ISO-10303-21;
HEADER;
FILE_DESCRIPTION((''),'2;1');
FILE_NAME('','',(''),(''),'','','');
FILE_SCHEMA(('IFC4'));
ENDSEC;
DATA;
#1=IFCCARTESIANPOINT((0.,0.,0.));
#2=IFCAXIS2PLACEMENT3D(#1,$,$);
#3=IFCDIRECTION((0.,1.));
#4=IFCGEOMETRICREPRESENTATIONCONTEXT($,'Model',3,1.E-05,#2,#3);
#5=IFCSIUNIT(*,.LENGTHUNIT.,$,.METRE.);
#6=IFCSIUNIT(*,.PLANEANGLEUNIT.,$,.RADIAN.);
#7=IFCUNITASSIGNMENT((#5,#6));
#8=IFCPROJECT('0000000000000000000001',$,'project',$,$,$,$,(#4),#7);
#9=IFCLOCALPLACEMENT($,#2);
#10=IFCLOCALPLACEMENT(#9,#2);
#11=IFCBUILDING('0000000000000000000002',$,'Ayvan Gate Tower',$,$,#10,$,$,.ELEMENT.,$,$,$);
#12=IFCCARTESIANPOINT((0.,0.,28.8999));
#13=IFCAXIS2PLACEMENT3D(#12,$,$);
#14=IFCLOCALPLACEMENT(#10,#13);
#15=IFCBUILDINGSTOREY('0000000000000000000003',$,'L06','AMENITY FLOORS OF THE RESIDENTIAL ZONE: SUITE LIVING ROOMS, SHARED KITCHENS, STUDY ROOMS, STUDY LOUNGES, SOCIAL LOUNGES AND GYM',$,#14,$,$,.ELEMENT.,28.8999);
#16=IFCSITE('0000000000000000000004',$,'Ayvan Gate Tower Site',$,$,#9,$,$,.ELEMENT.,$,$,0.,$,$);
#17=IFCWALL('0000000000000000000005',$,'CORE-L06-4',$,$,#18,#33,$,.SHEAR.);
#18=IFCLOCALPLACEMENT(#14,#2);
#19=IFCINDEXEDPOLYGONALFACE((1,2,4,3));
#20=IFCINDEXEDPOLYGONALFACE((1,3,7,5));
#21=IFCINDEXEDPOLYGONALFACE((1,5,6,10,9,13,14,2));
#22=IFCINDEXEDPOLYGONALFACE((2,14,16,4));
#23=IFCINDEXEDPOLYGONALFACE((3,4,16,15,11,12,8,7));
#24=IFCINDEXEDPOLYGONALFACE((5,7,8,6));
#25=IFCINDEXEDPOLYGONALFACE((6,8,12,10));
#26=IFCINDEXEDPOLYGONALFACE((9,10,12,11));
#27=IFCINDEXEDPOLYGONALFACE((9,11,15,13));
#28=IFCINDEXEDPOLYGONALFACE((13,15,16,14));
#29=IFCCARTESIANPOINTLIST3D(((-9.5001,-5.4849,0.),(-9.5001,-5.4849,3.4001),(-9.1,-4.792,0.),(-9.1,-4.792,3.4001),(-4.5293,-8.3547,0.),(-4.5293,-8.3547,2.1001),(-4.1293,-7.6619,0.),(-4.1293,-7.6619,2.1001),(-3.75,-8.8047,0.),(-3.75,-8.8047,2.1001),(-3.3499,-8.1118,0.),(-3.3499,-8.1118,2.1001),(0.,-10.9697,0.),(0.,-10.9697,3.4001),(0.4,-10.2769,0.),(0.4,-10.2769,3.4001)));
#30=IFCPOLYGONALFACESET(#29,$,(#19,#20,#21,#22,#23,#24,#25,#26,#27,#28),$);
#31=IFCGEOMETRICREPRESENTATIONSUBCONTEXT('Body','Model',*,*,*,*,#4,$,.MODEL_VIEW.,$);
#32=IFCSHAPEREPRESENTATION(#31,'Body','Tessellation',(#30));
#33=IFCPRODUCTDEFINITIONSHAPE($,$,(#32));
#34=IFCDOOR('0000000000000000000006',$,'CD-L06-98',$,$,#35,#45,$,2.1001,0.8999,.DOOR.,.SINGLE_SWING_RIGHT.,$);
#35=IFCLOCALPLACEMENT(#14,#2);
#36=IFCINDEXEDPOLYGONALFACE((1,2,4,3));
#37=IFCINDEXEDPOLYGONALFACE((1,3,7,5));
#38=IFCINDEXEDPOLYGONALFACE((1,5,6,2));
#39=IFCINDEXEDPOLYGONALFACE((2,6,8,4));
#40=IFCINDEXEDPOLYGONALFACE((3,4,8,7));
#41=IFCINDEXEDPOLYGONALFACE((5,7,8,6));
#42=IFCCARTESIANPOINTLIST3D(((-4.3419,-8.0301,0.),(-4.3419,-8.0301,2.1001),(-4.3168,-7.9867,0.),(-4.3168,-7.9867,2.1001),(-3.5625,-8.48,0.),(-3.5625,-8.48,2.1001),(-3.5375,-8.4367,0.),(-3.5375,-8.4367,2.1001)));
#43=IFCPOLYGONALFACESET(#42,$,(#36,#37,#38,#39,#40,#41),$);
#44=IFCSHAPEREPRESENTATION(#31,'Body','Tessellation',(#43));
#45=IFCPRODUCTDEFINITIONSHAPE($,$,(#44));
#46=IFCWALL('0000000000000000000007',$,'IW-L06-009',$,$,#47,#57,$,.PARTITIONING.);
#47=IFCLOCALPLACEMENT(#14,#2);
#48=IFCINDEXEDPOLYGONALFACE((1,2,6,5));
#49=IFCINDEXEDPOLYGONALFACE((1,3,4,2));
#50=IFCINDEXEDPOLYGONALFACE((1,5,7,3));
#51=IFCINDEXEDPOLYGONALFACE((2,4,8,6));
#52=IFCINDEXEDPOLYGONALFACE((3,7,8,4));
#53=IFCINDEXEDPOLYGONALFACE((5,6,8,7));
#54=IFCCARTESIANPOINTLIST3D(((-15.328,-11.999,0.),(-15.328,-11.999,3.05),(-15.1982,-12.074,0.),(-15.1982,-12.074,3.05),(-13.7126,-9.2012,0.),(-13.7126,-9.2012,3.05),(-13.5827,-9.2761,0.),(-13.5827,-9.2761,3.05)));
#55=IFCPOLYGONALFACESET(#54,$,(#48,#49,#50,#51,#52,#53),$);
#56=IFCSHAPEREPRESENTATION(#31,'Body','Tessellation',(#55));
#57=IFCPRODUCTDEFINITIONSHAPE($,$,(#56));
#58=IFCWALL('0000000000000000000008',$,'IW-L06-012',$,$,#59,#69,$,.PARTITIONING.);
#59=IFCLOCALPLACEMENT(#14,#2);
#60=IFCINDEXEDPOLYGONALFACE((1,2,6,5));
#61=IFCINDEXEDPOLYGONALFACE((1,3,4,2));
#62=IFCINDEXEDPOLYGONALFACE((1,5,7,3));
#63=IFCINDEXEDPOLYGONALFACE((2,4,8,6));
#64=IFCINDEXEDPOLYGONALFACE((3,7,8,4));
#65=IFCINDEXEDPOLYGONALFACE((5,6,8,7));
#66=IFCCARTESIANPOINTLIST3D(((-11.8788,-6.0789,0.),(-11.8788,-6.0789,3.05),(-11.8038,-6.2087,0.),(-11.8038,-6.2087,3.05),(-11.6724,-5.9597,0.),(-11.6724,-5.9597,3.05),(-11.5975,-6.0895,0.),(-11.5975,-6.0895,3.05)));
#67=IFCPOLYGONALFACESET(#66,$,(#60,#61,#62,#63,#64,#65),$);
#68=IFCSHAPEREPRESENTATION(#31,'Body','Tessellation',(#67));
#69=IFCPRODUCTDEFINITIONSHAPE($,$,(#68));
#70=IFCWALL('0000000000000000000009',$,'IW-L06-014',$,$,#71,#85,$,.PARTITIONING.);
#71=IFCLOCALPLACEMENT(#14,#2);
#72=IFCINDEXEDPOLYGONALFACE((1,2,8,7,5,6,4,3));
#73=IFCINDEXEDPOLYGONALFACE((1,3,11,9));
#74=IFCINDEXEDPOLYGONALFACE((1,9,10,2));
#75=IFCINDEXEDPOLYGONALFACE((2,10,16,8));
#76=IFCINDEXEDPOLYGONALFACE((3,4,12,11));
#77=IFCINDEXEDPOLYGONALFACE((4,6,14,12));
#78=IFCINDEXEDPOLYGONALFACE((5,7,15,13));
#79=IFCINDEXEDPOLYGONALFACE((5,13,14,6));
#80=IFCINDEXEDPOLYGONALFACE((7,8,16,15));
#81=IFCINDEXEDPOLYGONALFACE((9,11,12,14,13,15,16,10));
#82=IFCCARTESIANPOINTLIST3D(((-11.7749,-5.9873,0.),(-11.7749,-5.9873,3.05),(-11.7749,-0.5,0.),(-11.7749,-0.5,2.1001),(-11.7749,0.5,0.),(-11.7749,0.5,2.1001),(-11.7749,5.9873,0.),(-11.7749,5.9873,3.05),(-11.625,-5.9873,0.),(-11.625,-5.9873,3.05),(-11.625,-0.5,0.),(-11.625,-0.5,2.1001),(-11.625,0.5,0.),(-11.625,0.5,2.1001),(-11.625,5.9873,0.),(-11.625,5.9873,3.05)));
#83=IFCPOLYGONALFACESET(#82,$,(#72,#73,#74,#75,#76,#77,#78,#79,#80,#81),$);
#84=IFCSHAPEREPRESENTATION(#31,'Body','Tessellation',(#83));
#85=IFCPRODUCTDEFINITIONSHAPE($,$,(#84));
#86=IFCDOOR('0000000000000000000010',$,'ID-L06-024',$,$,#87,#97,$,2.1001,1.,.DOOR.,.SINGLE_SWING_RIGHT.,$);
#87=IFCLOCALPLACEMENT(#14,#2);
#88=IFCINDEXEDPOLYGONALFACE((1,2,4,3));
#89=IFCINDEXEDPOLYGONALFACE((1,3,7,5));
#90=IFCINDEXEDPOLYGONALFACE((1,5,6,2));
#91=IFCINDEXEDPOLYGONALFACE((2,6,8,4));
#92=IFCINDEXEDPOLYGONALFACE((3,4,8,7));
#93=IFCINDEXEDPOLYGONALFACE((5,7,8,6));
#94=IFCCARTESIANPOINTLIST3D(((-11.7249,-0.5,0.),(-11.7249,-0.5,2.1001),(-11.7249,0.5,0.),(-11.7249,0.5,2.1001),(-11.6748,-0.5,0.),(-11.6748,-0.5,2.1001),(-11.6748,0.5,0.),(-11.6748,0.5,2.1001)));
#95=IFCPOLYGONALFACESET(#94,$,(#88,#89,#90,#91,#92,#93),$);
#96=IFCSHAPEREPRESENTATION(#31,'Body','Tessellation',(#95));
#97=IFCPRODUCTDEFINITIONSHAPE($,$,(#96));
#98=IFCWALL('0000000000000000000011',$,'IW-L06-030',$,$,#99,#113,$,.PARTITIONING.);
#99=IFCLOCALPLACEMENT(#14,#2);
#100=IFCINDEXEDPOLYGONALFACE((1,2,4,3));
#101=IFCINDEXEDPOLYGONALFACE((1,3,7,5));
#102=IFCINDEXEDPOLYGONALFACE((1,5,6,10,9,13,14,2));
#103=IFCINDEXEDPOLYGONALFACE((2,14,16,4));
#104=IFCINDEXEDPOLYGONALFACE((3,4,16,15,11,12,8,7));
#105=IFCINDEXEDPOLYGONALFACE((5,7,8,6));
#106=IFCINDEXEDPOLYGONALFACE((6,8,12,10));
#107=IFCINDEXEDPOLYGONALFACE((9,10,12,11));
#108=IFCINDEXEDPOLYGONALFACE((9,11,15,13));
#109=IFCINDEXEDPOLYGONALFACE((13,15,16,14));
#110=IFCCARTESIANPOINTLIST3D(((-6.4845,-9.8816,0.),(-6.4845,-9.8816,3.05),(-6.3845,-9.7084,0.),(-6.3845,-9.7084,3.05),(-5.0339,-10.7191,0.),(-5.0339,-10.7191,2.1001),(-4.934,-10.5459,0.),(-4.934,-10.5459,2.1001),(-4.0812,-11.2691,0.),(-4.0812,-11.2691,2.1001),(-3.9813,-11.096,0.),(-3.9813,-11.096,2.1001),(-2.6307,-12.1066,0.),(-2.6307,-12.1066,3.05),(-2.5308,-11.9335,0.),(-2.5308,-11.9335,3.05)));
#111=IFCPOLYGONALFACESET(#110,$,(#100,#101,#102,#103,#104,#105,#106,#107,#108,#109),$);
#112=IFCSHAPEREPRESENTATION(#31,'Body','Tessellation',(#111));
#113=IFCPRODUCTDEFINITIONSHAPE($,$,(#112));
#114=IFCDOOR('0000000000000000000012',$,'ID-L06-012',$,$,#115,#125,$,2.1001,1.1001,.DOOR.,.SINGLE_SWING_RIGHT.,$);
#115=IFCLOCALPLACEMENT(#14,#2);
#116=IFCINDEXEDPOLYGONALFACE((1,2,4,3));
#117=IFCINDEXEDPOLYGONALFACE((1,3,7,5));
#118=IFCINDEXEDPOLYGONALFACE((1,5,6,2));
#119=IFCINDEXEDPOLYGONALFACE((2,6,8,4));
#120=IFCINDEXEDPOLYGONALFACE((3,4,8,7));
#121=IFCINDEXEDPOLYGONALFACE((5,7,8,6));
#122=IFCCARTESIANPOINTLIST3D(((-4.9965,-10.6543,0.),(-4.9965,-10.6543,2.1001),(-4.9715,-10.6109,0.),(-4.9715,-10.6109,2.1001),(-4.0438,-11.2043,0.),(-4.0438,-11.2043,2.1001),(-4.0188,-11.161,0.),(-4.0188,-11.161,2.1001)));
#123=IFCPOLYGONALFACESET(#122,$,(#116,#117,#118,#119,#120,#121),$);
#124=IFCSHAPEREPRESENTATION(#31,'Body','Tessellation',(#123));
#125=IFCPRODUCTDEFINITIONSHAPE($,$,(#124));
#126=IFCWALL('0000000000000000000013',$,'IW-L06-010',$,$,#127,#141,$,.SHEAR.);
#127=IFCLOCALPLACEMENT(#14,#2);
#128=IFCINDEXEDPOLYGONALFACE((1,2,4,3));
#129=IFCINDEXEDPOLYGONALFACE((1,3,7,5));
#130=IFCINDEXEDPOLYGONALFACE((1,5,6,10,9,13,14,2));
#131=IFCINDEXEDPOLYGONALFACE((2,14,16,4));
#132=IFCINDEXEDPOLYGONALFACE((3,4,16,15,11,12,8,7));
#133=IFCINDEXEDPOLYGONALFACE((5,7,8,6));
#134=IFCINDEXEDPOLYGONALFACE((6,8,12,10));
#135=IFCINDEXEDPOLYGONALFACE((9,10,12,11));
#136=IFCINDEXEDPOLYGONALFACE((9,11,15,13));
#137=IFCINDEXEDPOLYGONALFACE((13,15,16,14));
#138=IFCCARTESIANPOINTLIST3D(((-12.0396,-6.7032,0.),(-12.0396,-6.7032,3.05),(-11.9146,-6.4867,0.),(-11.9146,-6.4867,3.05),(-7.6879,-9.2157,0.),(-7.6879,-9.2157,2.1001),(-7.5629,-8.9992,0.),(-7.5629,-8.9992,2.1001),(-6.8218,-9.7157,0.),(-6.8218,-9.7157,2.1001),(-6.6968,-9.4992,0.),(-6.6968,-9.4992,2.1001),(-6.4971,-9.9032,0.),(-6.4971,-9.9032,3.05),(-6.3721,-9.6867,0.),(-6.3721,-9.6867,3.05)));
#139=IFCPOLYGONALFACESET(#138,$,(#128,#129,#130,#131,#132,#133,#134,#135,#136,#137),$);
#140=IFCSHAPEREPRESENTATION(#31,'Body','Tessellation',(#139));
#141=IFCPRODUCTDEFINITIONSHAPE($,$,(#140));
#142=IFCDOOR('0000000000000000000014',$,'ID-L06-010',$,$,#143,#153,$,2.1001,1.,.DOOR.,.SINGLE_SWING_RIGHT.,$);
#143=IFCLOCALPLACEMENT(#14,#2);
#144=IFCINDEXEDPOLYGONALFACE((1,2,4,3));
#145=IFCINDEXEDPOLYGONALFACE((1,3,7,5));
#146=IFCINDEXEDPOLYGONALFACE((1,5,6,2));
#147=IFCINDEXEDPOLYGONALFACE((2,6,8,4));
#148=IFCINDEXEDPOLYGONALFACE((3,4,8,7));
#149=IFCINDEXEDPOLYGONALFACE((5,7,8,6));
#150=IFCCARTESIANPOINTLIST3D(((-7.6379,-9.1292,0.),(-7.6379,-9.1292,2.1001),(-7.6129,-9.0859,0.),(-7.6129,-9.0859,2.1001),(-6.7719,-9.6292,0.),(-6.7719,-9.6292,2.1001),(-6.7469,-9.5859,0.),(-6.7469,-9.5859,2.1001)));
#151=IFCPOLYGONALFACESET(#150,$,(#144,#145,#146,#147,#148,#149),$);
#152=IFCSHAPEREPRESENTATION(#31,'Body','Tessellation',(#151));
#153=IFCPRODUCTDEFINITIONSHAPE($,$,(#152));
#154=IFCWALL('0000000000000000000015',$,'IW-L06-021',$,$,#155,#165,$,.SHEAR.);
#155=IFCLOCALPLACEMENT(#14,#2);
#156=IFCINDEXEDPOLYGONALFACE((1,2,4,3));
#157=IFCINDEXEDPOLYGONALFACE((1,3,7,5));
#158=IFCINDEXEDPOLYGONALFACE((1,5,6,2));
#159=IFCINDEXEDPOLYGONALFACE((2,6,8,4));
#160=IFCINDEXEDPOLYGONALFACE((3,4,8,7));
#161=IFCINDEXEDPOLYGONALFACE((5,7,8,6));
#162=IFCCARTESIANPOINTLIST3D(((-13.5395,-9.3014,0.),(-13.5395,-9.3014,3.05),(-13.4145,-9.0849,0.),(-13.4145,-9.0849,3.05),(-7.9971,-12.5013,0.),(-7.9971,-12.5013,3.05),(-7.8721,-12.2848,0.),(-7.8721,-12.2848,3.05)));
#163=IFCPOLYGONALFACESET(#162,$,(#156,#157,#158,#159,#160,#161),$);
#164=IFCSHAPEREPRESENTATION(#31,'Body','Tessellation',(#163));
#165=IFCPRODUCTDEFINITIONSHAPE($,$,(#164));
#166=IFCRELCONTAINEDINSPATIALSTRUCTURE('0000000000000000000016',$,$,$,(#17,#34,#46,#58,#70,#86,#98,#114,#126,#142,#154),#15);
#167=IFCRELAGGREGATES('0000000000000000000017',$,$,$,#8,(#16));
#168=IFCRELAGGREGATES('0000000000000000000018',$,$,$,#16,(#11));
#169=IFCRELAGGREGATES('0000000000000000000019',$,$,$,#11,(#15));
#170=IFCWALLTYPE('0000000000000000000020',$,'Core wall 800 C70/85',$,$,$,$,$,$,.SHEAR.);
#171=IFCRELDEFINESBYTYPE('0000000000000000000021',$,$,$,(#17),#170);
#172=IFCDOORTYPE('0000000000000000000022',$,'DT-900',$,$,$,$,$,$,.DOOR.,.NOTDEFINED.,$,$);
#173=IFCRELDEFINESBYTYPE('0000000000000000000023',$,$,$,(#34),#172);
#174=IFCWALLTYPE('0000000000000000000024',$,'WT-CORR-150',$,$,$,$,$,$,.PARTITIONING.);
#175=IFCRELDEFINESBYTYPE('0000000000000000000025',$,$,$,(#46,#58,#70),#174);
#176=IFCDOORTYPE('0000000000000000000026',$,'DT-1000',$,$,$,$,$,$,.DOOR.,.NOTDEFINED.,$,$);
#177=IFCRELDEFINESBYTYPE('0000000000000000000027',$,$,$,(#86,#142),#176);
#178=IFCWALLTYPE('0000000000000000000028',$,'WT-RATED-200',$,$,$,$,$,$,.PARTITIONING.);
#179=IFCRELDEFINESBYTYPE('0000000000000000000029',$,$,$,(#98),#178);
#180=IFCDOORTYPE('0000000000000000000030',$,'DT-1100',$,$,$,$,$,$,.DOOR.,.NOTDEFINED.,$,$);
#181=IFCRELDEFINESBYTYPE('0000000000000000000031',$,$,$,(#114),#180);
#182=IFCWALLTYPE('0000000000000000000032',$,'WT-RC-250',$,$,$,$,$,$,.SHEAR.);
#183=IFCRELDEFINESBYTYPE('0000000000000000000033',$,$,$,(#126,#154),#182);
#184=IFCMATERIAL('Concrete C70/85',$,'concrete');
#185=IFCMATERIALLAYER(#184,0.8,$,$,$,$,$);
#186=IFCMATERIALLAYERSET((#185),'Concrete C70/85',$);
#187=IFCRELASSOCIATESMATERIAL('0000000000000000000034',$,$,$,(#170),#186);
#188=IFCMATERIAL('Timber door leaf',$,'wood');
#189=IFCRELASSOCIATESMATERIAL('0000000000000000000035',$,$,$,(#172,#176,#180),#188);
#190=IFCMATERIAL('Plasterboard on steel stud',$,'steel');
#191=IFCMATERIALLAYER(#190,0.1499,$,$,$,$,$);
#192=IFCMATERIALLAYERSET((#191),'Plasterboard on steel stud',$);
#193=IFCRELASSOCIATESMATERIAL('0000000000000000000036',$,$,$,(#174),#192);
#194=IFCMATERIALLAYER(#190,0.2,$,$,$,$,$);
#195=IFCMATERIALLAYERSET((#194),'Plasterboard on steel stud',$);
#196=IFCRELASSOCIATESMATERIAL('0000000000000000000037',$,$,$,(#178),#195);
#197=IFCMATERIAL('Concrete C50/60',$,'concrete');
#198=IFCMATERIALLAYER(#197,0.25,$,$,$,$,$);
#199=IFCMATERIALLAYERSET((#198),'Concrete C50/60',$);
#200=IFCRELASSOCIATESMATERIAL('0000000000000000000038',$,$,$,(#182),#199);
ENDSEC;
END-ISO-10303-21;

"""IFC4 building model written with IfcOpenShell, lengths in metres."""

from ifc_helpers import new_model, si_unit, direction, frame, frame_2d, origin, place, context, subcontext, project, spatial, rectangle, extrude, material, layer, layer_set, type_object, element, fill, save


model = new_model("IFC4")

# Units and contexts
model_context = context("Model", 3, precision=1e-05, world=origin(), true_north=direction((0.0, 1.0)))
body_context = subcontext(model_context, "Body", "Model", "MODEL_VIEW")
ifc_project = project(units=[si_unit("LENGTHUNIT", "METRE"), si_unit("PLANEANGLEUNIT", "RADIAN")], contexts=[model_context])

# Site, building, storey
site_placement = place(None, origin())
site = spatial("IfcSite", under=ifc_project, at=site_placement, Name="Ayvan Gate Tower Site", CompositionType="ELEMENT", RefElevation=0.0)
building_placement = place(site_placement, origin())
building = spatial("IfcBuilding", under=site, at=building_placement, Name="Ayvan Gate Tower", CompositionType="ELEMENT")
storey_placement = place(building_placement, frame((0.0, 0.0, 28.8999)))
storey = spatial("IfcBuildingStorey", under=building, at=storey_placement, Name="L06", Description="AMENITY FLOORS OF THE RESIDENTIAL ZONE: SUITE LIVING ROOMS, SHARED KITCHENS, STUDY ROOMS, STUDY LOUNGES, SOCIAL LOUNGES AND GYM", CompositionType="ELEMENT", Elevation=28.8999)

# Wall, opening, door
ifc_material_1 = material(Name="Concrete C70/85", Category="concrete")
ifc_layer_1 = layer(ifc_material_1, 0.8)
ifc_layer_set_1 = layer_set([ifc_layer_1], Name="Concrete C70/85")
wall_type_1 = type_object("IfcWallType", Name="Core wall 800 C70/85", PredefinedType="SHEAR", material=ifc_layer_set_1)
wall_1_placement = place(storey_placement, frame((-9.3, -5.1384, 0.0), z_axis=(0.0, 0.0, 1.0), x_axis=(0.866024, -0.500002, 0.0)))
wall_1 = element("IfcWall", 1, at=wall_1_placement, inside=storey, type_object=wall_type_1, Name="CORE-L06-4", PredefinedType="SHEAR", context=body_context, shape_type="SweptSolid", body=[
    extrude(rectangle(XDim=10.9697, YDim=0.8, at=frame_2d((5.4849, 0.0))), origin(), (0.0, 0.0, 1.0), 3.4001),
])
opening_1_placement = place(wall_1_placement, frame((5.7397, 0.0, 0.0)))
opening_1 = element("IfcOpeningElement", 2, at=opening_1_placement, cuts=wall_1, PredefinedType="OPENING", context=body_context, shape_type="SweptSolid", body=[
    extrude(rectangle(XDim=0.8999, YDim=2.1001, at=frame_2d((0.45, 1.05))), frame((0.0, 0.4099, 0.0), z_axis=(0.0, -1.0, 0.0), x_axis=(1.0, 0.0, 0.0)), (0.0, 0.0, 1.0), 0.8201),
])
ifc_material_2 = material(Name="Timber door leaf", Category="wood")
door_type_1 = type_object("IfcDoorType", Name="DT-900", OperationType="NOTDEFINED", PredefinedType="DOOR", material=ifc_material_2)
door_1_placement = place(opening_1_placement, origin())
door_1 = element("IfcDoor", 3, at=door_1_placement, inside=storey, type_object=door_type_1, Name="CD-L06-98", OperationType="SINGLE_SWING_RIGHT", OverallHeight=2.1001, OverallWidth=0.8999, PredefinedType="DOOR", context=body_context, shape_type="SweptSolid", body=[
    extrude(rectangle(XDim=0.8999, YDim=2.1001, at=frame_2d((0.45, 1.05))), frame((0.0, 0.0249, 0.0), z_axis=(0.0, -1.0, 0.0), x_axis=(1.0, 0.0, 0.0)), (0.0, 0.0, 1.0), 0.05),
])
fill(opening_1, door_1)

# Walls
ifc_material_3 = material(Name="Plasterboard on steel stud", Category="steel")
ifc_layer_2 = layer(ifc_material_3, 0.1499)
ifc_layer_set_2 = layer_set([ifc_layer_2], Name="Plasterboard on steel stud")
wall_type_2 = type_object("IfcWallType", Name="WT-CORR-150", PredefinedType="PARTITIONING", material=ifc_layer_set_2)
wall_2_placement = place(storey_placement, frame((-13.6477, -9.2388, 0.0), z_axis=(0.0, 0.0, 1.0), x_axis=(-0.500032, -0.866007, 0.0)))
element("IfcWall", 4, at=wall_2_placement, inside=storey, type_object=wall_type_2, Name="IW-L06-009", PredefinedType="PARTITIONING", context=body_context, shape_type="SweptSolid", body=[
    extrude(rectangle(XDim=3.2307, YDim=0.1499, at=frame_2d((1.6152, 0.0))), origin(), (0.0, 0.0, 1.0), 3.05),
])
wall_3_placement = place(storey_placement, frame((-11.8413, -6.1438, 0.0), z_axis=(0.0, 0.0, 1.0), x_axis=(0.865964, 0.500107, 0.0)))
element("IfcWall", 5, at=wall_3_placement, inside=storey, type_object=wall_type_2, Name="IW-L06-012", PredefinedType="PARTITIONING", context=body_context, shape_type="SweptSolid", body=[
    extrude(rectangle(XDim=0.2383, YDim=0.1499, at=frame_2d((0.1191, 0.0))), origin(), (0.0, 0.0, 1.0), 3.05),
])

# Walls, openings, doors
wall_4_placement = place(storey_placement, frame((-11.7, -5.9873, 0.0), z_axis=(0.0, 0.0, 1.0), x_axis=(0.0, 1.0, 0.0)))
wall_4 = element("IfcWall", 6, at=wall_4_placement, inside=storey, type_object=wall_type_2, Name="IW-L06-014", PredefinedType="PARTITIONING", context=body_context, shape_type="SweptSolid", body=[
    extrude(rectangle(XDim=11.9746, YDim=0.1499, at=frame_2d((5.9873, 0.0))), origin(), (0.0, 0.0, 1.0), 3.05),
])
opening_2_placement = place(wall_4_placement, frame((5.4873, 0.0, 0.0)))
opening_2 = element("IfcOpeningElement", 7, at=opening_2_placement, cuts=wall_4, PredefinedType="OPENING", context=body_context, shape_type="SweptSolid", body=[
    extrude(rectangle(XDim=1.0, YDim=2.1001, at=frame_2d((0.5, 1.05))), frame((0.0, 0.085, 0.0), z_axis=(0.0, -1.0, 0.0), x_axis=(1.0, 0.0, 0.0)), (0.0, 0.0, 1.0), 0.1699),
])
door_type_2 = type_object("IfcDoorType", Name="DT-1000", OperationType="NOTDEFINED", PredefinedType="DOOR", material=ifc_material_2)
door_2_placement = place(opening_2_placement, origin())
door_2 = element("IfcDoor", 8, at=door_2_placement, inside=storey, type_object=door_type_2, Name="ID-L06-024", OperationType="SINGLE_SWING_RIGHT", OverallHeight=2.1001, OverallWidth=1.0, PredefinedType="DOOR", context=body_context, shape_type="SweptSolid", body=[
    extrude(rectangle(XDim=1.0, YDim=2.1001, at=frame_2d((0.5, 1.05))), frame((0.0, 0.0249, 0.0), z_axis=(0.0, -1.0, 0.0), x_axis=(1.0, 0.0, 0.0)), (0.0, 0.0, 1.0), 0.05),
])
fill(opening_2, door_2)
ifc_layer_3 = layer(ifc_material_3, 0.2)
ifc_layer_set_3 = layer_set([ifc_layer_3], Name="Plasterboard on steel stud")
wall_type_3 = type_object("IfcWallType", Name="WT-RATED-200", PredefinedType="PARTITIONING", material=ifc_layer_set_3)
wall_5_placement = place(storey_placement, frame((-6.4346, -9.7949, 0.0), z_axis=(0.0, 0.0, 1.0), x_axis=(0.866013, -0.500022, 0.0)))
wall_5 = element("IfcWall", 9, at=wall_5_placement, inside=storey, type_object=wall_type_3, Name="IW-L06-030", PredefinedType="PARTITIONING", context=body_context, shape_type="SweptSolid", body=[
    extrude(rectangle(XDim=4.45, YDim=0.2, at=frame_2d((2.2251, 0.0))), origin(), (0.0, 0.0, 1.0), 3.05),
])
opening_3_placement = place(wall_5_placement, frame((1.675, 0.0, 0.0)))
opening_3 = element("IfcOpeningElement", 10, at=opening_3_placement, cuts=wall_5, PredefinedType="OPENING", context=body_context, shape_type="SweptSolid", body=[
    extrude(rectangle(XDim=1.1001, YDim=2.1001, at=frame_2d((0.55, 1.05))), frame((0.0, 0.1099, 0.0), z_axis=(0.0, -1.0, 0.0), x_axis=(1.0, 0.0, 0.0)), (0.0, 0.0, 1.0), 0.22),
])
door_type_3 = type_object("IfcDoorType", Name="DT-1100", OperationType="NOTDEFINED", PredefinedType="DOOR", material=ifc_material_2)
door_3_placement = place(opening_3_placement, origin())
door_3 = element("IfcDoor", 11, at=door_3_placement, inside=storey, type_object=door_type_3, Name="ID-L06-012", OperationType="SINGLE_SWING_RIGHT", OverallHeight=2.1001, OverallWidth=1.1001, PredefinedType="DOOR", context=body_context, shape_type="SweptSolid", body=[
    extrude(rectangle(XDim=1.1001, YDim=2.1001, at=frame_2d((0.55, 1.05))), frame((0.0, 0.0249, 0.0), z_axis=(0.0, -1.0, 0.0), x_axis=(1.0, 0.0, 0.0)), (0.0, 0.0, 1.0), 0.05),
])
fill(opening_3, door_3)
ifc_material_4 = material(Name="Concrete C50/60", Category="concrete")
ifc_layer_4 = layer(ifc_material_4, 0.25)
ifc_layer_set_4 = layer_set([ifc_layer_4], Name="Concrete C50/60")
wall_type_4 = type_object("IfcWallType", Name="WT-RC-250", PredefinedType="SHEAR", material=ifc_layer_set_4)
wall_6_placement = place(storey_placement, frame((-11.9771, -6.595, 0.0), z_axis=(0.0, 0.0, 1.0), x_axis=(0.866025, -0.5, 0.0)))
wall_6 = element("IfcWall", 12, at=wall_6_placement, inside=storey, type_object=wall_type_4, Name="IW-L06-010", PredefinedType="SHEAR", context=body_context, shape_type="SweptSolid", body=[
    extrude(rectangle(XDim=6.3999, YDim=0.25, at=frame_2d((3.2, 0.0))), origin(), (0.0, 0.0, 1.0), 3.05),
])
opening_4_placement = place(wall_6_placement, frame((5.0249, 0.0, 0.0)))
opening_4 = element("IfcOpeningElement", 13, at=opening_4_placement, cuts=wall_6, PredefinedType="OPENING", context=body_context, shape_type="SweptSolid", body=[
    extrude(rectangle(XDim=1.0, YDim=2.1001, at=frame_2d((0.5, 1.05))), frame((0.0, 0.135, 0.0), z_axis=(0.0, -1.0, 0.0), x_axis=(1.0, 0.0, 0.0)), (0.0, 0.0, 1.0), 0.27),
])
door_4_placement = place(opening_4_placement, origin())
door_4 = element("IfcDoor", 14, at=door_4_placement, inside=storey, type_object=door_type_2, Name="ID-L06-010", OperationType="SINGLE_SWING_RIGHT", OverallHeight=2.1001, OverallWidth=1.0, PredefinedType="DOOR", context=body_context, shape_type="SweptSolid", body=[
    extrude(rectangle(XDim=1.0, YDim=2.1001, at=frame_2d((0.5, 1.05))), frame((0.0, 0.0249, 0.0), z_axis=(0.0, -1.0, 0.0), x_axis=(1.0, 0.0, 0.0)), (0.0, 0.0, 1.0), 0.05),
])
fill(opening_4, door_4)

# Wall
wall_7_placement = place(storey_placement, frame((-7.9346, -12.3931, 0.0), z_axis=(0.0, 0.0, 1.0), x_axis=(-0.866025, 0.5, 0.0)))
element("IfcWall", 15, at=wall_7_placement, inside=storey, type_object=wall_type_4, Name="IW-L06-021", PredefinedType="SHEAR", context=body_context, shape_type="SweptSolid", body=[
    extrude(rectangle(XDim=6.3999, YDim=0.25, at=frame_2d((3.2, 0.0))), origin(), (0.0, 0.0, 1.0), 3.05),
])

save(model, "model.ifc")
